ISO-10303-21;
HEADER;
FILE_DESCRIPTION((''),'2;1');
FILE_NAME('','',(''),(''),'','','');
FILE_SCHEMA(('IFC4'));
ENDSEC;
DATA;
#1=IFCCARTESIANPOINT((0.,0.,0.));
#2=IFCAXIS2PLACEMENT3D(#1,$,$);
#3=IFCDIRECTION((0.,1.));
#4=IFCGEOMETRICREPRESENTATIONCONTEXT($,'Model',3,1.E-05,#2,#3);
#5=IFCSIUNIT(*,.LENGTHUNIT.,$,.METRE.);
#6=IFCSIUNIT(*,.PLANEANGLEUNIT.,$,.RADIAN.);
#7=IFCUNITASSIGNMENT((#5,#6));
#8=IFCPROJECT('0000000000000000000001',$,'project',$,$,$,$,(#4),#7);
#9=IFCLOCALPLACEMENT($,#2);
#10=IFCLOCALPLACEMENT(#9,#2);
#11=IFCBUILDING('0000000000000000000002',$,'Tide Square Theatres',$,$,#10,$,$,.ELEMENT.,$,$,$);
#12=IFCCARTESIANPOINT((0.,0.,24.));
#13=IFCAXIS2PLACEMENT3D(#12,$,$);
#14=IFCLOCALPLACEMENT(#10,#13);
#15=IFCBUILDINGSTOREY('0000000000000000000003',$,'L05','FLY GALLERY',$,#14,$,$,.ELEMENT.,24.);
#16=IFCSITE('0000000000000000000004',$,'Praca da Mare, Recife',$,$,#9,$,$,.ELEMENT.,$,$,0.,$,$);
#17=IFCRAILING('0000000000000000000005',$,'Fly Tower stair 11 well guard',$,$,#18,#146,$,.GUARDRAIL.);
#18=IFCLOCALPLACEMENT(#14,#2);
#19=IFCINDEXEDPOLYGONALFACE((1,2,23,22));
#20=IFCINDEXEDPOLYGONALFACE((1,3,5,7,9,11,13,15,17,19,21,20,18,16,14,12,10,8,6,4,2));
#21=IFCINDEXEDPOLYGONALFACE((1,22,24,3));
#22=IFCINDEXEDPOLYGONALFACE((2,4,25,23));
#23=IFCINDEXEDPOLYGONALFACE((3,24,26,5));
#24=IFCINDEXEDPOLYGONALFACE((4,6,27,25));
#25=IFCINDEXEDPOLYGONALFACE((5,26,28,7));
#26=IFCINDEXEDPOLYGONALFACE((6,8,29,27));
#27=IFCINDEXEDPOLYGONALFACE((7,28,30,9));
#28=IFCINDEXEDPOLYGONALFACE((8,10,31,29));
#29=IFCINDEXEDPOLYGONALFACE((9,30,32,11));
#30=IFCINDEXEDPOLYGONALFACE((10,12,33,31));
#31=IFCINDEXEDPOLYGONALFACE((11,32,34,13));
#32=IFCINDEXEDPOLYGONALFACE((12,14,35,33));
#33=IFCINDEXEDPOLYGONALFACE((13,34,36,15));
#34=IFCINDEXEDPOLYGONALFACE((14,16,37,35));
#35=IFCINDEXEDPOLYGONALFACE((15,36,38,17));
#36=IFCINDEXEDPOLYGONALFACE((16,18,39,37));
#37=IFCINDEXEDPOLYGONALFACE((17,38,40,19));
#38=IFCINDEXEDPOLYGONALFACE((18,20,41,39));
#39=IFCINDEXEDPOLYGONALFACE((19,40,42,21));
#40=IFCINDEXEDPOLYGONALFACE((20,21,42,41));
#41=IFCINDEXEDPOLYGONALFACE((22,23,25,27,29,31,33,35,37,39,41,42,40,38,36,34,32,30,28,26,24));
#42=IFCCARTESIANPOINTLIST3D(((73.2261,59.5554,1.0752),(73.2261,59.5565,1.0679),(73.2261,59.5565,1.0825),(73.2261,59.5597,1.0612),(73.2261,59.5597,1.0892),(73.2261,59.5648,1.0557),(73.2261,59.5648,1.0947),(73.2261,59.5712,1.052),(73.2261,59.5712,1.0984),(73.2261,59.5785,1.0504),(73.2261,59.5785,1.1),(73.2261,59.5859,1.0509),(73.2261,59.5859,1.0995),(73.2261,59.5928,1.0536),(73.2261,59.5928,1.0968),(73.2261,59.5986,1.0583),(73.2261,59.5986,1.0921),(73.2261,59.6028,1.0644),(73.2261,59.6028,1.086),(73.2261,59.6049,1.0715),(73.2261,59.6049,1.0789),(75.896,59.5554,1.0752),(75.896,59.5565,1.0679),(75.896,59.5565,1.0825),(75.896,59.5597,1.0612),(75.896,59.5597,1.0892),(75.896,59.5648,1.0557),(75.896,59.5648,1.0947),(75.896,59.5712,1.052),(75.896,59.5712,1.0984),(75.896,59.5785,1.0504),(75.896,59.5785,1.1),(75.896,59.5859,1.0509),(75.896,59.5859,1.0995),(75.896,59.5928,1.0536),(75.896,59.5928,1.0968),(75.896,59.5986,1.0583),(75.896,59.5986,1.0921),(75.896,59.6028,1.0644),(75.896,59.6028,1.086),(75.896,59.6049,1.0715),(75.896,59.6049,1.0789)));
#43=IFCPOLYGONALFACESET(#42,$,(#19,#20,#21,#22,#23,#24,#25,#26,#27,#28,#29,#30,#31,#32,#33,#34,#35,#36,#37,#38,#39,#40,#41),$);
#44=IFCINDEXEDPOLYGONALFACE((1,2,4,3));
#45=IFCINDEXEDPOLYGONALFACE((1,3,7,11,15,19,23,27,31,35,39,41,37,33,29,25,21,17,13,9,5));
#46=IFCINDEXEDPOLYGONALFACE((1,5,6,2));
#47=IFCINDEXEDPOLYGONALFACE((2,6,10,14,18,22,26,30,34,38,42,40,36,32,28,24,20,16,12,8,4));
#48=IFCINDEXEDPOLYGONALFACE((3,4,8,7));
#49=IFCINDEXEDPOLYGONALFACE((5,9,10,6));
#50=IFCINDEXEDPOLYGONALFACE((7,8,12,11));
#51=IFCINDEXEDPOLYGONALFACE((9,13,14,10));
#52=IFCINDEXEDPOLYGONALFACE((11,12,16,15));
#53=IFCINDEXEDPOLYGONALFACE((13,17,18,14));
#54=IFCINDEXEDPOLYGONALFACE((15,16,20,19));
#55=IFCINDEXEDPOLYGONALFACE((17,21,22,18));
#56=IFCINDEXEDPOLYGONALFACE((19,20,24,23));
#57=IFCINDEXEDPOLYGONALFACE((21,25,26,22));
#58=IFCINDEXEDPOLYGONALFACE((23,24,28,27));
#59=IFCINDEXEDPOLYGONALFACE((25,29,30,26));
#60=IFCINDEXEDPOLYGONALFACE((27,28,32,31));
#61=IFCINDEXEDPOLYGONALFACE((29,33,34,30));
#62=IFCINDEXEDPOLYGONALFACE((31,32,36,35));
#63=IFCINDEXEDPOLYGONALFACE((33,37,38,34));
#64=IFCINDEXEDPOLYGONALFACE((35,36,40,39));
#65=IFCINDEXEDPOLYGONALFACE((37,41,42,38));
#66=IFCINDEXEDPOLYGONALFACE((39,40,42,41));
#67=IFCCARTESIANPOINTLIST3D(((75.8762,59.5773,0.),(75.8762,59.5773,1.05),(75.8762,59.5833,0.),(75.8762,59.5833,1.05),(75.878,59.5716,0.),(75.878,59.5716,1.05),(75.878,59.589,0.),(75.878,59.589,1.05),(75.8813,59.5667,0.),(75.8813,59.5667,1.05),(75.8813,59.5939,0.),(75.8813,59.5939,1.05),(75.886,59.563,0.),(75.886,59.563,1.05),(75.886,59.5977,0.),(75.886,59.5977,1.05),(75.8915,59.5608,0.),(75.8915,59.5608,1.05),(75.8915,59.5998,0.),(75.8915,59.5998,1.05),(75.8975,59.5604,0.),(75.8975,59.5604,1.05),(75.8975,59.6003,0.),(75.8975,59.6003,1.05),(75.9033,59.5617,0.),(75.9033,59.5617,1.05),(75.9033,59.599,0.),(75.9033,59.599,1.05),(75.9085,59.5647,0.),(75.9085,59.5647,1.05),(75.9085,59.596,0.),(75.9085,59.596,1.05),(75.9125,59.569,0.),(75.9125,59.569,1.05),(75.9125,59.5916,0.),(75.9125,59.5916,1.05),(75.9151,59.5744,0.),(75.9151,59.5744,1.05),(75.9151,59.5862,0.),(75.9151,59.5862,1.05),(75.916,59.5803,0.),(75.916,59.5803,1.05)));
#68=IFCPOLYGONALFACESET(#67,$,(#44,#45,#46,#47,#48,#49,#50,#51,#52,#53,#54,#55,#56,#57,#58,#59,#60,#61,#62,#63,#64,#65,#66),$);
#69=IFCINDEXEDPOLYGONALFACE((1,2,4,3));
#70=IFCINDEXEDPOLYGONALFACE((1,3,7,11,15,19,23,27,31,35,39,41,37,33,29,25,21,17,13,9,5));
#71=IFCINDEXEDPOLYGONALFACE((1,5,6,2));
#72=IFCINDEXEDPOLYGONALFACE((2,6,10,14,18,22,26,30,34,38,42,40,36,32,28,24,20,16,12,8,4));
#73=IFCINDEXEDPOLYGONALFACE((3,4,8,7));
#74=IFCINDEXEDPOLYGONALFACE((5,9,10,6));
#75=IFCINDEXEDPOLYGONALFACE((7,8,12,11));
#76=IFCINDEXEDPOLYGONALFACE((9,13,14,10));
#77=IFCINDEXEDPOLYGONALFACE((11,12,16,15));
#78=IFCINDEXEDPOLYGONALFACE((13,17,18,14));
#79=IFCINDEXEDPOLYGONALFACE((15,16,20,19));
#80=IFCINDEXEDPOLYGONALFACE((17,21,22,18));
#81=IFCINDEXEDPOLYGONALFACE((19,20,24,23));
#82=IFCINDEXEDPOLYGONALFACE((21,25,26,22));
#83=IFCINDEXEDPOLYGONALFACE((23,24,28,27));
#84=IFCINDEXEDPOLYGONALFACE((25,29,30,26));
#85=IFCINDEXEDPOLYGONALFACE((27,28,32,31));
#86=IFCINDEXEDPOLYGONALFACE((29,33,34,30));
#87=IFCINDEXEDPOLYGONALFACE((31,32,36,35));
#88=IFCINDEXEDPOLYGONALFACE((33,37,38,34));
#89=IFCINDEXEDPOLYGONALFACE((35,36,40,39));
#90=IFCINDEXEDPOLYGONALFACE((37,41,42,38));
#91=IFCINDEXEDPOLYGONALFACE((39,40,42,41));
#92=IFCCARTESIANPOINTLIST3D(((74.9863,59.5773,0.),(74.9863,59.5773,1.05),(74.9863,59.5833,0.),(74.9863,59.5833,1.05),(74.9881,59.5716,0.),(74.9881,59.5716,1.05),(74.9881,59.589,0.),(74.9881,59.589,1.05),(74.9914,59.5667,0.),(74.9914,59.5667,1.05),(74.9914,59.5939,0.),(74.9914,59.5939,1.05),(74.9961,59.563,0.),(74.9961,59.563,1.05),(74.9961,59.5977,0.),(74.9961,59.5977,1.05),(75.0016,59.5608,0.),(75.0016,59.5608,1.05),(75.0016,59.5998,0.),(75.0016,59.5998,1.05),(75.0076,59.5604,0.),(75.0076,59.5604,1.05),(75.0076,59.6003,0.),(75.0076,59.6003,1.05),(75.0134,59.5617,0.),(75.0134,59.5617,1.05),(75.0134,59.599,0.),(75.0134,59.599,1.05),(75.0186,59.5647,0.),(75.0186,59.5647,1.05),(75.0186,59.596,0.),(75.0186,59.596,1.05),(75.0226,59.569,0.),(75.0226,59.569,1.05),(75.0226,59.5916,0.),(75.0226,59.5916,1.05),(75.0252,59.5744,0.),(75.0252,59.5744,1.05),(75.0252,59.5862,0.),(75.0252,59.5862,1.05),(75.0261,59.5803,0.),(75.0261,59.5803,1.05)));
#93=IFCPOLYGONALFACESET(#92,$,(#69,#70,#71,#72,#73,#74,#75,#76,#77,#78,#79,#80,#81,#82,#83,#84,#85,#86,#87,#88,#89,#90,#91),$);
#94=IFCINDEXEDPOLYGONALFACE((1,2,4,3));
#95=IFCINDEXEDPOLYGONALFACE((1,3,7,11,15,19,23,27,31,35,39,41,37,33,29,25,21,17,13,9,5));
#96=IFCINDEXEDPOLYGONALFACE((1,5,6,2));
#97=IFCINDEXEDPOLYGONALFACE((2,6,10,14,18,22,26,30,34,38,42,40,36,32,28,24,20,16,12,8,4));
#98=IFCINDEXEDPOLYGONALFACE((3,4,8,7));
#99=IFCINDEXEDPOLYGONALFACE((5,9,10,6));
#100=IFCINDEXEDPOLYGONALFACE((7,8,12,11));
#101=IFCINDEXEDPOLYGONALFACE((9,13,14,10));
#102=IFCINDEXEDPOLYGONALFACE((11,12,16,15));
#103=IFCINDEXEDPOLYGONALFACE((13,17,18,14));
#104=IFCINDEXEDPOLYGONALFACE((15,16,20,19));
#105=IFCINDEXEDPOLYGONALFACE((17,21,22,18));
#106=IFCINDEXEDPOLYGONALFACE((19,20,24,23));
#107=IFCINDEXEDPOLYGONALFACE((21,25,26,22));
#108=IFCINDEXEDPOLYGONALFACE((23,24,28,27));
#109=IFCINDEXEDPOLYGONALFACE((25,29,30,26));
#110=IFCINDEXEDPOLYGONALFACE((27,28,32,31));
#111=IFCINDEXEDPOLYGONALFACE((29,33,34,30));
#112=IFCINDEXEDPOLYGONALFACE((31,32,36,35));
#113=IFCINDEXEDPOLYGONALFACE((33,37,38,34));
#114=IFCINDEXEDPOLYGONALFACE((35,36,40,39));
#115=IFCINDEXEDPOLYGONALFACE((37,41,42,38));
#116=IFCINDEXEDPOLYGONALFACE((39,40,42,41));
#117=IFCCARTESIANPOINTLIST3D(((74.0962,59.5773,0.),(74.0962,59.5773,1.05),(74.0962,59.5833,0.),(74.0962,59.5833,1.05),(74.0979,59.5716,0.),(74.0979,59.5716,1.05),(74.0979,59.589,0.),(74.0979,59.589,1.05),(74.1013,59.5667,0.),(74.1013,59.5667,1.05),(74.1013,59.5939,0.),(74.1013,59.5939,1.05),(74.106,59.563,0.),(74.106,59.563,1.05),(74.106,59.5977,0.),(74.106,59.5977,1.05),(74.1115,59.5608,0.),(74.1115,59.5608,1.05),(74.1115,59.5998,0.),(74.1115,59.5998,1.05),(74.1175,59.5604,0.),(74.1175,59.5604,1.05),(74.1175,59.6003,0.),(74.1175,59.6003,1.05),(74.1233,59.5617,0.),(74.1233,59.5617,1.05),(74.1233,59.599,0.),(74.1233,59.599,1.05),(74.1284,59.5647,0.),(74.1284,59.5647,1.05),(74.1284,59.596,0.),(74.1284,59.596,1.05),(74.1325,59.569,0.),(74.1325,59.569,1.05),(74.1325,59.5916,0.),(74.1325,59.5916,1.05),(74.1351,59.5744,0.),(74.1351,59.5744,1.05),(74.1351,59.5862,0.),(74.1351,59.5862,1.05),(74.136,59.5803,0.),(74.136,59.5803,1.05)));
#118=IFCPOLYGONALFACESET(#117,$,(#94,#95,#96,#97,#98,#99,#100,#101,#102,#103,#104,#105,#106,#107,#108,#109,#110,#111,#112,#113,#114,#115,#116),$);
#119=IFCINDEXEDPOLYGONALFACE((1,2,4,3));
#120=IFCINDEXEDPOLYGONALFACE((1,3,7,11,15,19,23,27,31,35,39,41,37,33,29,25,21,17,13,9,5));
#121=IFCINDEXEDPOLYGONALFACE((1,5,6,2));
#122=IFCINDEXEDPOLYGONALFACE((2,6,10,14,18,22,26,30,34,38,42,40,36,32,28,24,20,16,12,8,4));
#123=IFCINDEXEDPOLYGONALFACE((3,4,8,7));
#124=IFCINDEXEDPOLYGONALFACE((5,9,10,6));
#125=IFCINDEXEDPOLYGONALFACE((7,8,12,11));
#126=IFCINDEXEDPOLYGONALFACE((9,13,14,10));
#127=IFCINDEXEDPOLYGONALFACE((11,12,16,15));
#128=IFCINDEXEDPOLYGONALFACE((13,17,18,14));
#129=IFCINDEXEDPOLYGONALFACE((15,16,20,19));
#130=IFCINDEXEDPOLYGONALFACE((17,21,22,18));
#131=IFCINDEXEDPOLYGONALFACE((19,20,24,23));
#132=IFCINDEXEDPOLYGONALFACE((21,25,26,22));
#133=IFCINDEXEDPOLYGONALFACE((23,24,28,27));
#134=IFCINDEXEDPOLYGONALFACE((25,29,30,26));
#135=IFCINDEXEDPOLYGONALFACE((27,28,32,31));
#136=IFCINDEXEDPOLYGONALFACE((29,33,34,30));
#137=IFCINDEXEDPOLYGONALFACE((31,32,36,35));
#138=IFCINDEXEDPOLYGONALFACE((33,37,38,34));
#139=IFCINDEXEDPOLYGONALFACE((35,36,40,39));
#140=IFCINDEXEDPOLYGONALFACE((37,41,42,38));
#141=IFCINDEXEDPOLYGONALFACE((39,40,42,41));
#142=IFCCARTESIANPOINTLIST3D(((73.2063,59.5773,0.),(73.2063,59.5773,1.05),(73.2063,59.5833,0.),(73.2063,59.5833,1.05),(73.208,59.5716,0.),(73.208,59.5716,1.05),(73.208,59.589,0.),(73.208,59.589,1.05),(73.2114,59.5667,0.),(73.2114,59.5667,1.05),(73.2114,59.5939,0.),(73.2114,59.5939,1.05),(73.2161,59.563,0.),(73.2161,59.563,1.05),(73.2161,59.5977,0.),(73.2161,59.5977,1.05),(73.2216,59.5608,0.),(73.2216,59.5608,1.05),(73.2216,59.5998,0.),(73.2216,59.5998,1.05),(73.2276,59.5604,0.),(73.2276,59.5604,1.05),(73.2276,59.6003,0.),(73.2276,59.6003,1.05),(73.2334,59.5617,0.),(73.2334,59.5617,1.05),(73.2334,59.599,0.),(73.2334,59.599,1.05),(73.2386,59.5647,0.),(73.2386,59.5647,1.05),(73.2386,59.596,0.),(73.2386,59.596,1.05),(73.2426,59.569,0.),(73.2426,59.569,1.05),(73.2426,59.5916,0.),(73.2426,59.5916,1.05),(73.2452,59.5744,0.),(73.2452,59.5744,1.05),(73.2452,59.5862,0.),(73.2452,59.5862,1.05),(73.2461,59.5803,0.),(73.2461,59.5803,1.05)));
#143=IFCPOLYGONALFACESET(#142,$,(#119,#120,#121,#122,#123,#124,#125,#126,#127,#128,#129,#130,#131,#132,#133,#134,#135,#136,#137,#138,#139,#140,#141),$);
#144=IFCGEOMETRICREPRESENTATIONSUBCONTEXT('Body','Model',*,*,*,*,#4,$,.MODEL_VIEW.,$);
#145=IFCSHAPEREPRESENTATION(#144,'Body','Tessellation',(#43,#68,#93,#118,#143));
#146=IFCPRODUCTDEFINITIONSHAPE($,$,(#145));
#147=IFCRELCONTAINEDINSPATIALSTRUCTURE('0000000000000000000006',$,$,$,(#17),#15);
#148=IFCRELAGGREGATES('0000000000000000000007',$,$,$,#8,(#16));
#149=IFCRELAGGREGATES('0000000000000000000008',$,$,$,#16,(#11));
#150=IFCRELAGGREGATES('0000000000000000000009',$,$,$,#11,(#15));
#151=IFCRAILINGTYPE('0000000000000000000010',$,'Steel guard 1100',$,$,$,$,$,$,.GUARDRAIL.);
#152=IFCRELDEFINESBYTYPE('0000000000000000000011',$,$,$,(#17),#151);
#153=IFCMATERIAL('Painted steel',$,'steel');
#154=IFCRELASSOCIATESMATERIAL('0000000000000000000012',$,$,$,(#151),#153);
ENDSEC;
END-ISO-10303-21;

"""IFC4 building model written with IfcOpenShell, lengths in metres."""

from ifc_helpers import new_model, si_unit, direction, frame, origin, origin_2d, place, context, subcontext, project, spatial, circle, extrude, material, type_object, element, save


model = new_model("IFC4")

# Units and contexts
model_context = context("Model", 3, precision=1e-05, world=origin(), true_north=direction((0.0, 1.0)))
body_context = subcontext(model_context, "Body", "Model", "MODEL_VIEW")
ifc_project = project(units=[si_unit("LENGTHUNIT", "METRE"), si_unit("PLANEANGLEUNIT", "RADIAN")], contexts=[model_context])

# Site, building, storey
site_placement = place(None, origin())
site = spatial("IfcSite", under=ifc_project, at=site_placement, Name="Praca da Mare, Recife", CompositionType="ELEMENT", RefElevation=0.0)
building_placement = place(site_placement, origin())
building = spatial("IfcBuilding", under=site, at=building_placement, Name="Tide Square Theatres", CompositionType="ELEMENT")
storey_placement = place(building_placement, frame((0.0, 0.0, 24.0)))
storey = spatial("IfcBuildingStorey", under=building, at=storey_placement, Name="L05", Description="FLY GALLERY", CompositionType="ELEMENT", Elevation=24.0)

# Railing
ifc_material_1 = material(Name="Painted steel", Category="steel")
railing_type = type_object("IfcRailingType", Name="Steel guard 1100", PredefinedType="GUARDRAIL", material=ifc_material_1)
railing_1_placement = place(storey_placement, frame((75.896, 59.5803, 0.0)))
element("IfcRailing", 1, at=railing_1_placement, inside=storey, type_object=railing_type, Name="Fly Tower stair 11 well guard", PredefinedType="GUARDRAIL", context=body_context, shape_type="SweptSolid", body=[
    extrude(circle(Radius=0.0249, at=origin_2d()), frame((0.0, 0.0, 1.0752), z_axis=(-1.0, 0.0, 0.0), x_axis=(0.0, -1.0, 0.0)), (0.0, 0.0, 1.0), 2.6699),
    extrude(circle(Radius=0.02, at=origin_2d()), origin(), (0.0, 0.0, 1.0), 1.05),
    extrude(circle(Radius=0.02, at=origin_2d()), frame((-0.8899, 0.0, 0.0)), (0.0, 0.0, 1.0), 1.05),
    extrude(circle(Radius=0.02, at=origin_2d()), frame((-1.78, 0.0, 0.0)), (0.0, 0.0, 1.0), 1.05),
    extrude(circle(Radius=0.02, at=origin_2d()), frame((-2.6699, 0.0, 0.0)), (0.0, 0.0, 1.0), 1.05),
])

save(model, "model.ifc")
